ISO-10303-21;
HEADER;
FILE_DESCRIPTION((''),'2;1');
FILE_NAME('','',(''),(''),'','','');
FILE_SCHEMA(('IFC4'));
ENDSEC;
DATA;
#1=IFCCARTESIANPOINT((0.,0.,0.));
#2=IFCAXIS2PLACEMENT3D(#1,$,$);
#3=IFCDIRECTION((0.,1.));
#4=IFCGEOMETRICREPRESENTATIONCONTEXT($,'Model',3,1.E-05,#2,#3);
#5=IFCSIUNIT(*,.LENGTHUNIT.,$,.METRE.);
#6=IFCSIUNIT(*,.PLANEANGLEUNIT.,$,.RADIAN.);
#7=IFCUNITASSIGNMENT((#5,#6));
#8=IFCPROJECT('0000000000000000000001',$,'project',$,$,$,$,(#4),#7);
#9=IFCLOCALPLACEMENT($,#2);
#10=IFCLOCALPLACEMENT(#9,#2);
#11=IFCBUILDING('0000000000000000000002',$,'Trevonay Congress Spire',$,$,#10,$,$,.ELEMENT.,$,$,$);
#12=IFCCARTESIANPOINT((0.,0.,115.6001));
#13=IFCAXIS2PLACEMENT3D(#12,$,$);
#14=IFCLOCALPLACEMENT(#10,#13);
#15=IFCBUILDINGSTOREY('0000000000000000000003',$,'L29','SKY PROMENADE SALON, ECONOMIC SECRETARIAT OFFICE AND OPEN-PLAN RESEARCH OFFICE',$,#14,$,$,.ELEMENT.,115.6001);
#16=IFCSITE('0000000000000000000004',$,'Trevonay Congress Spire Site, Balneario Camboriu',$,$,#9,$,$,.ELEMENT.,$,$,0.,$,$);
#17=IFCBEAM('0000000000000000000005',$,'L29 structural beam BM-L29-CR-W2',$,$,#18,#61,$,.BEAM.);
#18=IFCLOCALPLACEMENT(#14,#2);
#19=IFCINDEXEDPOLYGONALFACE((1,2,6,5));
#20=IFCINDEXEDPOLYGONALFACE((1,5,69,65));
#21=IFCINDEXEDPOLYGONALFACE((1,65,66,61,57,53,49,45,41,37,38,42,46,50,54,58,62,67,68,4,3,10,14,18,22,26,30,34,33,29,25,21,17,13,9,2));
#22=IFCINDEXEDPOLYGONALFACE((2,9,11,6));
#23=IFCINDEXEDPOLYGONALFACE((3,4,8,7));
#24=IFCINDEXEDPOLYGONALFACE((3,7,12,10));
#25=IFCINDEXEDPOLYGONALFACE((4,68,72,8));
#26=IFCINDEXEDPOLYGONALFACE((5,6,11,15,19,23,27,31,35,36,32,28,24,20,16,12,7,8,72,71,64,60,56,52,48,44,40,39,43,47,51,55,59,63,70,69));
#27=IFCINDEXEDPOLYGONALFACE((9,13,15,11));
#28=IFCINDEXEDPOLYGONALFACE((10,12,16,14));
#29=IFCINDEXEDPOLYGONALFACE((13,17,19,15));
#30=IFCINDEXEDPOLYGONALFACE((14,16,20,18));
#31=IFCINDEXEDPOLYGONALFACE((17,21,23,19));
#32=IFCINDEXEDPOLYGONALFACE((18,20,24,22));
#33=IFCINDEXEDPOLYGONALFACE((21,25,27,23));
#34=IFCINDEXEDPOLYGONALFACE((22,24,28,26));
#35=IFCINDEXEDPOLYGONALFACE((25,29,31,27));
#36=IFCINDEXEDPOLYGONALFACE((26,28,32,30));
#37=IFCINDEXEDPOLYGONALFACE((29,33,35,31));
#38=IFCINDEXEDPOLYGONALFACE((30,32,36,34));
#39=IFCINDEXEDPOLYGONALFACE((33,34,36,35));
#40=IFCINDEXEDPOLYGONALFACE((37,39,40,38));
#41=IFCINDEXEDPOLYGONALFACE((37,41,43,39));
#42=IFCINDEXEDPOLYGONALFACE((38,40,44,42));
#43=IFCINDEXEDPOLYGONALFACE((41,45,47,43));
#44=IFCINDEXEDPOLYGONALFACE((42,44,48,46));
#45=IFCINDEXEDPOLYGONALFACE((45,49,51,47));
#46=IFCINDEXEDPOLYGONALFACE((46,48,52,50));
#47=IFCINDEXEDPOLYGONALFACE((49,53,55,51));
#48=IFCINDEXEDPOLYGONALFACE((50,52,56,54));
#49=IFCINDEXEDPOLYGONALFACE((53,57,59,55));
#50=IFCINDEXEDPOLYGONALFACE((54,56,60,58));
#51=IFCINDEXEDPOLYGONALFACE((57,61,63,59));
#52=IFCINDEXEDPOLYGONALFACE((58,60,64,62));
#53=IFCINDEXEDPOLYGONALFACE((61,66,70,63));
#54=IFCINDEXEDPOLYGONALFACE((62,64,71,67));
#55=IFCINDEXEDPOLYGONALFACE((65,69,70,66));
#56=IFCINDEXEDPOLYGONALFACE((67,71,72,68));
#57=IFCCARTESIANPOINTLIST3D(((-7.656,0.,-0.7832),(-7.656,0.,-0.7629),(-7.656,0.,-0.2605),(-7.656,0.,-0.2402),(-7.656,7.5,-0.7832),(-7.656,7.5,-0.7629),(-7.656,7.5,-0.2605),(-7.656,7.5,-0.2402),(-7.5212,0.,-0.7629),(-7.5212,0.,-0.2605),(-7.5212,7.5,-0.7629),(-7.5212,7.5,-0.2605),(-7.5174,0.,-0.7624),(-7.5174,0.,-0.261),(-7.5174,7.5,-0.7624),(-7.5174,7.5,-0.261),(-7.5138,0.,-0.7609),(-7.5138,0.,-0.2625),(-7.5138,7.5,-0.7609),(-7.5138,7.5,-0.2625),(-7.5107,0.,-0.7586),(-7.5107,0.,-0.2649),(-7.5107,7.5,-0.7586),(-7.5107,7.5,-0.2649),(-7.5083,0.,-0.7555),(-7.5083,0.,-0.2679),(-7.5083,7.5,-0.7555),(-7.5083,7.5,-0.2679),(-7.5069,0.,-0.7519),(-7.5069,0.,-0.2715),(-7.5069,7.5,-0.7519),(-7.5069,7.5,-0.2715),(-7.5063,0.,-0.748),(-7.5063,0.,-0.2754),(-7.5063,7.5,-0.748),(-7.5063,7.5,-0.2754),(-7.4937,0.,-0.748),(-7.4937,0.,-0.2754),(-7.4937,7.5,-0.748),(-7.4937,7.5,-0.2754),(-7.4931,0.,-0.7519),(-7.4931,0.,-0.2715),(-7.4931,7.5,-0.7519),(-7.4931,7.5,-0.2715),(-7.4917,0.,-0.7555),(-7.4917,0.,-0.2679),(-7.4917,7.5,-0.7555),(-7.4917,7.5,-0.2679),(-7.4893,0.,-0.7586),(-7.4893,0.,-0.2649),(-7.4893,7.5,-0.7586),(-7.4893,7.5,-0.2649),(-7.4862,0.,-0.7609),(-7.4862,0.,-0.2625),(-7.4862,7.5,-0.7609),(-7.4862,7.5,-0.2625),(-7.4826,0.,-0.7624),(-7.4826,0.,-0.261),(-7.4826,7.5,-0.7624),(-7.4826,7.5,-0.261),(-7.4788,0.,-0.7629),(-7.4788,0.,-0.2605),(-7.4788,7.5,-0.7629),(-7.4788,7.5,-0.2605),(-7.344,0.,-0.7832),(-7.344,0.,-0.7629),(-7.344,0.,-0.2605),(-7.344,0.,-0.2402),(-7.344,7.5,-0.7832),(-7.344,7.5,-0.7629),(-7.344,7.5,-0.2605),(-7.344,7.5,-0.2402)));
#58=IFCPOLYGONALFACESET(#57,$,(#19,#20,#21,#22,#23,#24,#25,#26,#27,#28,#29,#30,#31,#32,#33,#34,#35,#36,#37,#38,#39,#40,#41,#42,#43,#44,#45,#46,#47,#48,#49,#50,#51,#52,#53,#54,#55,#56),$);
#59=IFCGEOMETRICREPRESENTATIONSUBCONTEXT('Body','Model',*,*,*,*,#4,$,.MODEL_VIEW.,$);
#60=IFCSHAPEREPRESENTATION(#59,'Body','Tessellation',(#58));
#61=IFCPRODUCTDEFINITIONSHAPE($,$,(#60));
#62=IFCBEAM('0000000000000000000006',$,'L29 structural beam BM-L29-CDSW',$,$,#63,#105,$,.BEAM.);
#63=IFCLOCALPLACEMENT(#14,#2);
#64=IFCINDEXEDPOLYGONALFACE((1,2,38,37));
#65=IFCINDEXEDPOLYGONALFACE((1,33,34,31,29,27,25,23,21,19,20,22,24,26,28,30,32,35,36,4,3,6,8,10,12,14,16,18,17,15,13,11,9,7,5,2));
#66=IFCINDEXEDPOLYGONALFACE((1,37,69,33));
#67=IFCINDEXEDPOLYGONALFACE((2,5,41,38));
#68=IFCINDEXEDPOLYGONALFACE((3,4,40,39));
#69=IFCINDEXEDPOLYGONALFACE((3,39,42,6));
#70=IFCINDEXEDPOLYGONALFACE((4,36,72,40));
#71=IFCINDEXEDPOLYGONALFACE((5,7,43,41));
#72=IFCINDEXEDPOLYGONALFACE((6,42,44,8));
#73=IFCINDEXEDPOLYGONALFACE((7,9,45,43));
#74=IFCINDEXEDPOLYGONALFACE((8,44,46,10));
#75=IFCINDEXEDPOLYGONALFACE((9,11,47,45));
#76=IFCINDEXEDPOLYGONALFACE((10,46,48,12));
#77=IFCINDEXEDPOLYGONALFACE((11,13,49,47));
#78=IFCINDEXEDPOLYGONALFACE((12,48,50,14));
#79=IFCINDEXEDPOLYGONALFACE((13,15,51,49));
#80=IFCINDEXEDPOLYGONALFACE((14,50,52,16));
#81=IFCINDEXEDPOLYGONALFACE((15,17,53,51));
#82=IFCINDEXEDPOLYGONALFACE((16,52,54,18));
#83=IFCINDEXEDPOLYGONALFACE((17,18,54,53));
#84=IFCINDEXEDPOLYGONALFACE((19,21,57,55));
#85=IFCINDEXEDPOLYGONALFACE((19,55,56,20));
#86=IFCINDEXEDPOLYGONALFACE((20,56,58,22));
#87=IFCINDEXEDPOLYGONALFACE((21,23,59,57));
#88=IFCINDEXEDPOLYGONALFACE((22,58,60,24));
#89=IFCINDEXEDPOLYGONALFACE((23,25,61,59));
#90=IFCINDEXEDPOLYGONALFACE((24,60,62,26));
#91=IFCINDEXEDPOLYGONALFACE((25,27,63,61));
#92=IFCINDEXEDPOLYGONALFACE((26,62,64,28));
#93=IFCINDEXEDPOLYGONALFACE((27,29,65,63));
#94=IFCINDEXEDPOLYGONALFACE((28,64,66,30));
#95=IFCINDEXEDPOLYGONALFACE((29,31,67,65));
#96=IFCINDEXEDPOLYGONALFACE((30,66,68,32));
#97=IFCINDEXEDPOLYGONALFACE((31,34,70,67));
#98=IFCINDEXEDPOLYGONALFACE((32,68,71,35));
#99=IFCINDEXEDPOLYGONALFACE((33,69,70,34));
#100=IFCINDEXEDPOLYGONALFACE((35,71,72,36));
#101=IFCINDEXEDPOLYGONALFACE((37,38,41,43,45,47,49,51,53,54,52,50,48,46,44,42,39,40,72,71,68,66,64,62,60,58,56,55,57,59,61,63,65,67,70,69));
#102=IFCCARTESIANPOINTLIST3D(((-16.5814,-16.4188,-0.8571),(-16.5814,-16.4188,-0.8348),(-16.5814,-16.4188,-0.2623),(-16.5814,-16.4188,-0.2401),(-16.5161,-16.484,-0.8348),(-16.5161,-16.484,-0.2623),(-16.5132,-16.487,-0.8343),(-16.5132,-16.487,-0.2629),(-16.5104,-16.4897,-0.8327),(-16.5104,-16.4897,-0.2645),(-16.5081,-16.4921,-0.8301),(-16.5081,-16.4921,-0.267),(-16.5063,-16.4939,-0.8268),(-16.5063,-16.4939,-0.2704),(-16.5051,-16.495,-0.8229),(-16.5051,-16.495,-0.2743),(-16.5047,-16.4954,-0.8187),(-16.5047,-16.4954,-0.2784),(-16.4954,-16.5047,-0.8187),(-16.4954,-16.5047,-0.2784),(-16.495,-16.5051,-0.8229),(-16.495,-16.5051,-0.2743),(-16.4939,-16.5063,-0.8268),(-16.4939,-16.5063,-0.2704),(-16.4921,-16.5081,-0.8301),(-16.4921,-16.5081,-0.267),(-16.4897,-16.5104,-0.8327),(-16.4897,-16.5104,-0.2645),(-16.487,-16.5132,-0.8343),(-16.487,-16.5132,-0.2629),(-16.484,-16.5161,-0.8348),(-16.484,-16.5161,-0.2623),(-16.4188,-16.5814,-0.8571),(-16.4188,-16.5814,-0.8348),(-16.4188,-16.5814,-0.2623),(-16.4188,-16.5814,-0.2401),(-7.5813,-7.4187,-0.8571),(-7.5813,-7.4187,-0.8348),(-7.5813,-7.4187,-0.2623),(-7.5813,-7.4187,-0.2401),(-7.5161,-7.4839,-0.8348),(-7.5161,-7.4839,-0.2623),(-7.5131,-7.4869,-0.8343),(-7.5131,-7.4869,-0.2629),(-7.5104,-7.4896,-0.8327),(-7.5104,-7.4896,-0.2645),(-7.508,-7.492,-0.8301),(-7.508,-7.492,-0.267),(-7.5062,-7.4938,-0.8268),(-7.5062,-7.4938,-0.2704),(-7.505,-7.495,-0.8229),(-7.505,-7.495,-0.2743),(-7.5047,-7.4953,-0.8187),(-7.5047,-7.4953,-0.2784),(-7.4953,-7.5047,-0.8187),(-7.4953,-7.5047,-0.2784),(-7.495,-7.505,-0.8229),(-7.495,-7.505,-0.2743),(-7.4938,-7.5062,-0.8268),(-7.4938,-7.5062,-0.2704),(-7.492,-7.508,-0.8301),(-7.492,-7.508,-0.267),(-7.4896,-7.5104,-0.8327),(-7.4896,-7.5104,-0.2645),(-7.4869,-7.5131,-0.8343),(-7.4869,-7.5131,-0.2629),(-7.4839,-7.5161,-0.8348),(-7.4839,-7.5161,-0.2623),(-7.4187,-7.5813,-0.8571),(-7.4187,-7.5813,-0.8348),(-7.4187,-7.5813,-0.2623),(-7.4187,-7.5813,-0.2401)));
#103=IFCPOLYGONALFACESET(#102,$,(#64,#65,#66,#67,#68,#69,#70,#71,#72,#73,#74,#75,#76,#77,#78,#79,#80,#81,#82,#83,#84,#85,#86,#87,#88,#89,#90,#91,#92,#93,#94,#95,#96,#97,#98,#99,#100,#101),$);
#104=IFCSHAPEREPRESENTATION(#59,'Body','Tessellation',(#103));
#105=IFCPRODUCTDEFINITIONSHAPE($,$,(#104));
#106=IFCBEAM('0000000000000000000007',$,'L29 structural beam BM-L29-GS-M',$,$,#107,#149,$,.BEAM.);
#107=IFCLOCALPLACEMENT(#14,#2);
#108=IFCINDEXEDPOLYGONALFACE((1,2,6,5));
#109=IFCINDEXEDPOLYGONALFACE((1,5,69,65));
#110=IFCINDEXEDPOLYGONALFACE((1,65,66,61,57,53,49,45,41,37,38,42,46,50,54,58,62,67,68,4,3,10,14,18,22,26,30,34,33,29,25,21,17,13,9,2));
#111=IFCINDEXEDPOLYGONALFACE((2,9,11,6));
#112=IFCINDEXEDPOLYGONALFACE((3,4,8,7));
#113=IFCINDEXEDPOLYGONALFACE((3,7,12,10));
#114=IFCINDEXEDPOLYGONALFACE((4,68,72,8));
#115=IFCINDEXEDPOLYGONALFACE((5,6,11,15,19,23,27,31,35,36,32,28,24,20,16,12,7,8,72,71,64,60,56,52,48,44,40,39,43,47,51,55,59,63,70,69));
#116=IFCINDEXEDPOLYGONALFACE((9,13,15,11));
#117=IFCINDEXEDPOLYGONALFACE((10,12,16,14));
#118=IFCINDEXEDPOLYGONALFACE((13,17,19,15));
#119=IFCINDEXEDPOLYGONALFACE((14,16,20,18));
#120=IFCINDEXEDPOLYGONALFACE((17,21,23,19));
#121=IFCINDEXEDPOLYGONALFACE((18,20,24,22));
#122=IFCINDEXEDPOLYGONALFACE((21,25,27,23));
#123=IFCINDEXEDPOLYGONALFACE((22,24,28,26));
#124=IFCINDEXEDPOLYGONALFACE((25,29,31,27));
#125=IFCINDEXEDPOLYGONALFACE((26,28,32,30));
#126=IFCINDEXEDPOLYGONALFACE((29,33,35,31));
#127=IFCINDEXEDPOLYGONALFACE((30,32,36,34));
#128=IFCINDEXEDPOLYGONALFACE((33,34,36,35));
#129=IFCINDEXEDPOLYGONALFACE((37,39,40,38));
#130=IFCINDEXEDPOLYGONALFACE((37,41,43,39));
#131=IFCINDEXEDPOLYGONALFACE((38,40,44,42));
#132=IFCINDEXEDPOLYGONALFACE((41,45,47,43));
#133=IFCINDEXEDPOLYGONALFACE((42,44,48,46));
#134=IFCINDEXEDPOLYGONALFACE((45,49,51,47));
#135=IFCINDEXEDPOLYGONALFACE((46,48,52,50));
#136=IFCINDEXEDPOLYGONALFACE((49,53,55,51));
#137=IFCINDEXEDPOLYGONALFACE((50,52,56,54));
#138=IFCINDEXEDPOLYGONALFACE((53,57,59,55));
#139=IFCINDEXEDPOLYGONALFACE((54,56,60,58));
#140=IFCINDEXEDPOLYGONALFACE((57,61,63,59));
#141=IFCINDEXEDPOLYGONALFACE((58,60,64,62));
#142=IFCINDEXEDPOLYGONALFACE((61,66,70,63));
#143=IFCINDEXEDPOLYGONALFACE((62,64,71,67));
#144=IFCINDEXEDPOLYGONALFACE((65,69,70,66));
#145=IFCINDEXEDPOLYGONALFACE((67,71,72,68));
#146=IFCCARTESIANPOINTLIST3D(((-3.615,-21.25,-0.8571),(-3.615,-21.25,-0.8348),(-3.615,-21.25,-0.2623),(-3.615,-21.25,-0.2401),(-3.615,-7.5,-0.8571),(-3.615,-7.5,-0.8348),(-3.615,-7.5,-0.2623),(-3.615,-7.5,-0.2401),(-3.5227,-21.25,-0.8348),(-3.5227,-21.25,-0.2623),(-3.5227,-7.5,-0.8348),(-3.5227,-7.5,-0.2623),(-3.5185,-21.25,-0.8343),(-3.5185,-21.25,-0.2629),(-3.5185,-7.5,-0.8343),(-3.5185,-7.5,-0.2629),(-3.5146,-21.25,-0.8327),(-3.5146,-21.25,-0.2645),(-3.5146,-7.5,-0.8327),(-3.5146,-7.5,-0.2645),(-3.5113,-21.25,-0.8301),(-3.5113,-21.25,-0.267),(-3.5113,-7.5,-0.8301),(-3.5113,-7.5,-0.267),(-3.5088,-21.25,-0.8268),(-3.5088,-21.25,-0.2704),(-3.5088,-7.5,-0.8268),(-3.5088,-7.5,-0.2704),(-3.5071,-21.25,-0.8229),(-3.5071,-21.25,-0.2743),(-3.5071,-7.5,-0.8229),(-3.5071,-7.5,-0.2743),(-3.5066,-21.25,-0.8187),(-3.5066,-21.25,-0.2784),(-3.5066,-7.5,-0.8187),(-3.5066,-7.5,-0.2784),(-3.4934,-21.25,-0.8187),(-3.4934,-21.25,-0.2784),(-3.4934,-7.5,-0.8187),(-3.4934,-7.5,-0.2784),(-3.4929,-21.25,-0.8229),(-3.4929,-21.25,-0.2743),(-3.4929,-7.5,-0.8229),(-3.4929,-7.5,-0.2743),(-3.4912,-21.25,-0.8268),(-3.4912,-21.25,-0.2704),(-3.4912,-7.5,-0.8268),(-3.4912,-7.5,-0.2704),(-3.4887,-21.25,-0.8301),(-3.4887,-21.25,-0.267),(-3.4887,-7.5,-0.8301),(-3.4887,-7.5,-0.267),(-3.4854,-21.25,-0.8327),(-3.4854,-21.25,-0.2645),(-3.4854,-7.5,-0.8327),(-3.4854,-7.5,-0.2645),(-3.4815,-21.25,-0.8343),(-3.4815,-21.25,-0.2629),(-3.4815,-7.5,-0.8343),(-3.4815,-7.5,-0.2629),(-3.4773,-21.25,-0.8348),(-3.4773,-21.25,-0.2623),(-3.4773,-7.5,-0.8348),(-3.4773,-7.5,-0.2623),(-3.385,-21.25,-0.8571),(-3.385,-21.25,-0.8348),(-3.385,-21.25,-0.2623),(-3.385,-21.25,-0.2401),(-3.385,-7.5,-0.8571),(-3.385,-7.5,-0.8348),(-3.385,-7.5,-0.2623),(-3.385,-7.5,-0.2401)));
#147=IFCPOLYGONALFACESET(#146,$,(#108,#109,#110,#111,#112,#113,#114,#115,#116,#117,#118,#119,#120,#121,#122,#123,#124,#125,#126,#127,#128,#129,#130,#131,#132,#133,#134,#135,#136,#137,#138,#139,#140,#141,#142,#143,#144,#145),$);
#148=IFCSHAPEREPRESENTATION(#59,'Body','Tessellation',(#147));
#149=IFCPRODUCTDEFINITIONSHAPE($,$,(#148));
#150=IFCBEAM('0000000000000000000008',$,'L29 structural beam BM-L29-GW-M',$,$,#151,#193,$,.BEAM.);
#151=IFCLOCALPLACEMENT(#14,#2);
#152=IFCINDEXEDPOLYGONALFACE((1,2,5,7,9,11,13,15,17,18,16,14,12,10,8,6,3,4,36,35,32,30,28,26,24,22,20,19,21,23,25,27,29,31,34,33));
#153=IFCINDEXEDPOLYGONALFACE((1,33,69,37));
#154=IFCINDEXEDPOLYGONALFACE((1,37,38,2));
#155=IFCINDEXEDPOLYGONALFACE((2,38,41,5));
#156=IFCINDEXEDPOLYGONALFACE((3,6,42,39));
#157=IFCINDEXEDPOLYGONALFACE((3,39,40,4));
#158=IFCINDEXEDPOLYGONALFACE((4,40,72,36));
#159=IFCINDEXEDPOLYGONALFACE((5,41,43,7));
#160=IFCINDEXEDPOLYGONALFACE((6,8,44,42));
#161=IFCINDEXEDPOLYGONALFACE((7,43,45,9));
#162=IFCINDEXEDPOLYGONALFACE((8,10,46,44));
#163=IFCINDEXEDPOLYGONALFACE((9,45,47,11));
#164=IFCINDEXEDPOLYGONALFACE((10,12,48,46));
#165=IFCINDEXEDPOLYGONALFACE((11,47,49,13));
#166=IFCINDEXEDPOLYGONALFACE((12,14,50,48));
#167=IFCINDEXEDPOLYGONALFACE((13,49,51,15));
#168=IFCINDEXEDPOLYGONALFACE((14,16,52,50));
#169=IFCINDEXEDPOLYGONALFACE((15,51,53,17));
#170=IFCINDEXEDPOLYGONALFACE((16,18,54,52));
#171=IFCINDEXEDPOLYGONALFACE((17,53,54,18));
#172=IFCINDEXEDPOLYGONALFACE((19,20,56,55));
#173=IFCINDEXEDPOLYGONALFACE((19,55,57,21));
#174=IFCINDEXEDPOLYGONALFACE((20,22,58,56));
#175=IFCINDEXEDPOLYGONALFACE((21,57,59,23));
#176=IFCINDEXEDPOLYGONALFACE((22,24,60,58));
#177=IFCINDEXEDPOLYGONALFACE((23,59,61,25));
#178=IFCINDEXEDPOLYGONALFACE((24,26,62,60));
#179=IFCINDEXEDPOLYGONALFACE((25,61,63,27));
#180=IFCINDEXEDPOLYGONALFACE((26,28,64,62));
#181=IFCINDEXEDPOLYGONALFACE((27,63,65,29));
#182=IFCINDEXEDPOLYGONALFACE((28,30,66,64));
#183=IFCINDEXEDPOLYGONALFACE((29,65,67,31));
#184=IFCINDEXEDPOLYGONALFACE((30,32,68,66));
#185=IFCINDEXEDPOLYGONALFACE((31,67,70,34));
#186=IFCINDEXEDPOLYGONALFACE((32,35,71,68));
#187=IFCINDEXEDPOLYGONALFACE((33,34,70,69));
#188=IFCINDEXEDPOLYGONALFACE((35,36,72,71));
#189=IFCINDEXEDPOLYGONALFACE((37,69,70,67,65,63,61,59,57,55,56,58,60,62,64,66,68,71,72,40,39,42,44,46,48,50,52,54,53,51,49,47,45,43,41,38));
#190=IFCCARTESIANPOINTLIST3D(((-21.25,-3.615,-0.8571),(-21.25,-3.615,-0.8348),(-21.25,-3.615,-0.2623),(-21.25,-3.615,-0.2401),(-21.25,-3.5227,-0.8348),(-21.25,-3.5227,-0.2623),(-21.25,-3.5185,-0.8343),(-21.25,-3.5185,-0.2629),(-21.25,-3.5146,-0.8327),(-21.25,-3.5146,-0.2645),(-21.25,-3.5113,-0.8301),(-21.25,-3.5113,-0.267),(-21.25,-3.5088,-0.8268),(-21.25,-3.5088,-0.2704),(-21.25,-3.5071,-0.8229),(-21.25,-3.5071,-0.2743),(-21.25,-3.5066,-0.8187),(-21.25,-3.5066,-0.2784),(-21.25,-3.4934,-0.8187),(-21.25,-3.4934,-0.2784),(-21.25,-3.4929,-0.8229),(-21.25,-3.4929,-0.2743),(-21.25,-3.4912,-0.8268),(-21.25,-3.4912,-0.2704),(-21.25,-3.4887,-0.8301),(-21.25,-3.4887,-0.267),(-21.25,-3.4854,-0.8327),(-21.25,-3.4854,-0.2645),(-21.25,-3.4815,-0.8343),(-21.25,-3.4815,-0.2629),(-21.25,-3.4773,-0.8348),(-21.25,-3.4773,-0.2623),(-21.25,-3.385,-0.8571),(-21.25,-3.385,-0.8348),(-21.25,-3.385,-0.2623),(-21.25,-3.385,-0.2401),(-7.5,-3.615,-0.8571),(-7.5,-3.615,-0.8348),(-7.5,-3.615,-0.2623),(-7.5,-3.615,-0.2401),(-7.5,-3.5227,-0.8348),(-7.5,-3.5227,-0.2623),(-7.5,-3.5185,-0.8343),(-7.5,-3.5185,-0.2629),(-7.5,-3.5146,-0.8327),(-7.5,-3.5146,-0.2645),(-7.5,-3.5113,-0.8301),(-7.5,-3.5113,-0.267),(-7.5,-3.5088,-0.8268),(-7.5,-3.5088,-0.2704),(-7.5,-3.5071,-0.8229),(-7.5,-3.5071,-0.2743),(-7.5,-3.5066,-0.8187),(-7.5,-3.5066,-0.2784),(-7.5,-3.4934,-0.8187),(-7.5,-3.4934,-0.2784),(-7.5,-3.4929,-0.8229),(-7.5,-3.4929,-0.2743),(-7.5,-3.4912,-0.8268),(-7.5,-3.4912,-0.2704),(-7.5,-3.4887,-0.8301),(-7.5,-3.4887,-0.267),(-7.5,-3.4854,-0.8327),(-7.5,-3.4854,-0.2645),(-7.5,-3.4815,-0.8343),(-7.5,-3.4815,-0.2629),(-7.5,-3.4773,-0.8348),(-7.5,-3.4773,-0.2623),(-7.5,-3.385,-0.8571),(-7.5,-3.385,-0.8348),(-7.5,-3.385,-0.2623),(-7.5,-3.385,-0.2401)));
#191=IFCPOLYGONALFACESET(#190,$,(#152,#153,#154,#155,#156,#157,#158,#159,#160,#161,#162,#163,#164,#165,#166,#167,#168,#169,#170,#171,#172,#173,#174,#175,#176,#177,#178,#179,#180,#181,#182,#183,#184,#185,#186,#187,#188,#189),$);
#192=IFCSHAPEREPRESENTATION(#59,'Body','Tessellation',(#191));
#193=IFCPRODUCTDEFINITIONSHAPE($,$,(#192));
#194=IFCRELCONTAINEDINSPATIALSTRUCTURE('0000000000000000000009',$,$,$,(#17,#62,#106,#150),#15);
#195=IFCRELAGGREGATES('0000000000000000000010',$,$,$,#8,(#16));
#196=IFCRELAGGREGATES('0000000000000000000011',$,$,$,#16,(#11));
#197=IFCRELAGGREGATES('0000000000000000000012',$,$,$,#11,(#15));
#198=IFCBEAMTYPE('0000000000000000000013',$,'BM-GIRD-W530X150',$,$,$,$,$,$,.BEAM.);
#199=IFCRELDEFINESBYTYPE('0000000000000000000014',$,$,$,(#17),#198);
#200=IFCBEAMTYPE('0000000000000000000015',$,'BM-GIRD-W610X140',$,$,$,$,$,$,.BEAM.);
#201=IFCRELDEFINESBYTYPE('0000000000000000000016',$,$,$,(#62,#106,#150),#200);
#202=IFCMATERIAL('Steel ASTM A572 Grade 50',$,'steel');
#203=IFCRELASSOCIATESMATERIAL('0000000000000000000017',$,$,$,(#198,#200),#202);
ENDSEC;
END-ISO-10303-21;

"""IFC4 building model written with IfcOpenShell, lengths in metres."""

from ifc_helpers import new_model, si_unit, direction, frame, origin, origin_2d, place, context, subcontext, project, spatial, i_section, extrude, material, material_profile, profile_set, type_object, element, save


model = new_model("IFC4")

# Units and contexts
model_context = context("Model", 3, precision=1e-05, world=origin(), true_north=direction((0.0, 1.0)))
body_context = subcontext(model_context, "Body", "Model", "MODEL_VIEW")
ifc_project = project(units=[si_unit("LENGTHUNIT", "METRE"), si_unit("PLANEANGLEUNIT", "RADIAN")], contexts=[model_context])

# Site, building, storey
site_placement = place(None, origin())
site = spatial("IfcSite", under=ifc_project, at=site_placement, Name="Trevonay Congress Spire Site, Balneario Camboriu", CompositionType="ELEMENT", RefElevation=0.0)
building_placement = place(site_placement, origin())
building = spatial("IfcBuilding", under=site, at=building_placement, Name="Trevonay Congress Spire", CompositionType="ELEMENT")
storey_placement = place(building_placement, frame((0.0, 0.0, 115.6001)))
storey = spatial("IfcBuildingStorey", under=building, at=storey_placement, Name="L29", Description="SKY PROMENADE SALON, ECONOMIC SECRETARIAT OFFICE AND OPEN-PLAN RESEARCH OFFICE", CompositionType="ELEMENT", Elevation=115.6001)

# Shared definitions
ifc_material_1 = material(Name="Steel ASTM A572 Grade 50", Category="steel")

# Beams
ifc_material_profile_1 = material_profile(ifc_material_1, i_section(OverallWidth=0.312, OverallDepth=0.543, WebThickness=0.0127, FlangeThickness=0.0203, FilletRadius=0.0149, at=origin_2d()), Name="W530x150")
ifc_profile_set_1 = profile_set([ifc_material_profile_1], Name="Steel ASTM A572 Grade 50")
beam_type_1 = type_object("IfcBeamType", Name="BM-GIRD-W530X150", PredefinedType="BEAM", material=ifc_profile_set_1)
for number, where, z_axis, x_axis, name in (
    (1, (-7.5, 0.0, -0.5117), (0.0, 1.0, 0.0), (-1.0, 0.0, 0.0), "L29 structural beam BM-L29-CR-W2"),
):
    element("IfcBeam", number, at=place(storey_placement, frame(where, z_axis=z_axis, x_axis=x_axis)), inside=storey, type_object=beam_type_1, Name=name, PredefinedType="BEAM", context=body_context, shape_type="SweptSolid", body=[
        extrude(i_section(OverallWidth=0.312, OverallDepth=0.543, WebThickness=0.0127, FlangeThickness=0.0203, FilletRadius=0.0149, at=origin_2d()), origin(), (0.0, 0.0, 1.0), 7.5),
    ])
ifc_material_profile_2 = material_profile(ifc_material_1, i_section(OverallWidth=0.23, OverallDepth=0.6169, WebThickness=0.0132, FlangeThickness=0.0222, FilletRadius=0.0161, at=origin_2d()), Name="W610x140")
ifc_profile_set_2 = profile_set([ifc_material_profile_2], Name="Steel ASTM A572 Grade 50")
beam_type_2 = type_object("IfcBeamType", Name="BM-GIRD-W610X140", PredefinedType="BEAM", material=ifc_profile_set_2)
beam_1_placement = place(storey_placement, frame((-7.5, -7.5, -0.5486), z_axis=(-0.707107, -0.707107, 0.0), x_axis=(0.707107, -0.707107, 0.0)))
element("IfcBeam", 2, at=beam_1_placement, inside=storey, type_object=beam_type_2, Name="L29 structural beam BM-L29-CDSW", PredefinedType="BEAM", context=body_context, shape_type="SweptSolid", body=[
    extrude(i_section(OverallWidth=0.23, OverallDepth=0.6169, WebThickness=0.0132, FlangeThickness=0.0222, FilletRadius=0.0161, at=origin_2d()), origin(), (0.0, 0.0, 1.0), 12.728),
])
for number, where, z_axis, x_axis, name in (
    (3, (-3.5, -7.5, -0.5486), (0.0, -1.0, 0.0), (1.0, 0.0, 0.0), "L29 structural beam BM-L29-GS-M"),
    (4, (-7.5, -3.5, -0.5486), (-1.0, 0.0, 0.0), (0.0, -1.0, 0.0), "L29 structural beam BM-L29-GW-M"),
):
    element("IfcBeam", number, at=place(storey_placement, frame(where, z_axis=z_axis, x_axis=x_axis)), inside=storey, type_object=beam_type_2, Name=name, PredefinedType="BEAM", context=body_context, shape_type="SweptSolid", body=[
        extrude(i_section(OverallWidth=0.23, OverallDepth=0.6169, WebThickness=0.0132, FlangeThickness=0.0222, FilletRadius=0.0161, at=origin_2d()), origin(), (0.0, 0.0, 1.0), 13.75),
    ])

save(model, "model.ifc")
